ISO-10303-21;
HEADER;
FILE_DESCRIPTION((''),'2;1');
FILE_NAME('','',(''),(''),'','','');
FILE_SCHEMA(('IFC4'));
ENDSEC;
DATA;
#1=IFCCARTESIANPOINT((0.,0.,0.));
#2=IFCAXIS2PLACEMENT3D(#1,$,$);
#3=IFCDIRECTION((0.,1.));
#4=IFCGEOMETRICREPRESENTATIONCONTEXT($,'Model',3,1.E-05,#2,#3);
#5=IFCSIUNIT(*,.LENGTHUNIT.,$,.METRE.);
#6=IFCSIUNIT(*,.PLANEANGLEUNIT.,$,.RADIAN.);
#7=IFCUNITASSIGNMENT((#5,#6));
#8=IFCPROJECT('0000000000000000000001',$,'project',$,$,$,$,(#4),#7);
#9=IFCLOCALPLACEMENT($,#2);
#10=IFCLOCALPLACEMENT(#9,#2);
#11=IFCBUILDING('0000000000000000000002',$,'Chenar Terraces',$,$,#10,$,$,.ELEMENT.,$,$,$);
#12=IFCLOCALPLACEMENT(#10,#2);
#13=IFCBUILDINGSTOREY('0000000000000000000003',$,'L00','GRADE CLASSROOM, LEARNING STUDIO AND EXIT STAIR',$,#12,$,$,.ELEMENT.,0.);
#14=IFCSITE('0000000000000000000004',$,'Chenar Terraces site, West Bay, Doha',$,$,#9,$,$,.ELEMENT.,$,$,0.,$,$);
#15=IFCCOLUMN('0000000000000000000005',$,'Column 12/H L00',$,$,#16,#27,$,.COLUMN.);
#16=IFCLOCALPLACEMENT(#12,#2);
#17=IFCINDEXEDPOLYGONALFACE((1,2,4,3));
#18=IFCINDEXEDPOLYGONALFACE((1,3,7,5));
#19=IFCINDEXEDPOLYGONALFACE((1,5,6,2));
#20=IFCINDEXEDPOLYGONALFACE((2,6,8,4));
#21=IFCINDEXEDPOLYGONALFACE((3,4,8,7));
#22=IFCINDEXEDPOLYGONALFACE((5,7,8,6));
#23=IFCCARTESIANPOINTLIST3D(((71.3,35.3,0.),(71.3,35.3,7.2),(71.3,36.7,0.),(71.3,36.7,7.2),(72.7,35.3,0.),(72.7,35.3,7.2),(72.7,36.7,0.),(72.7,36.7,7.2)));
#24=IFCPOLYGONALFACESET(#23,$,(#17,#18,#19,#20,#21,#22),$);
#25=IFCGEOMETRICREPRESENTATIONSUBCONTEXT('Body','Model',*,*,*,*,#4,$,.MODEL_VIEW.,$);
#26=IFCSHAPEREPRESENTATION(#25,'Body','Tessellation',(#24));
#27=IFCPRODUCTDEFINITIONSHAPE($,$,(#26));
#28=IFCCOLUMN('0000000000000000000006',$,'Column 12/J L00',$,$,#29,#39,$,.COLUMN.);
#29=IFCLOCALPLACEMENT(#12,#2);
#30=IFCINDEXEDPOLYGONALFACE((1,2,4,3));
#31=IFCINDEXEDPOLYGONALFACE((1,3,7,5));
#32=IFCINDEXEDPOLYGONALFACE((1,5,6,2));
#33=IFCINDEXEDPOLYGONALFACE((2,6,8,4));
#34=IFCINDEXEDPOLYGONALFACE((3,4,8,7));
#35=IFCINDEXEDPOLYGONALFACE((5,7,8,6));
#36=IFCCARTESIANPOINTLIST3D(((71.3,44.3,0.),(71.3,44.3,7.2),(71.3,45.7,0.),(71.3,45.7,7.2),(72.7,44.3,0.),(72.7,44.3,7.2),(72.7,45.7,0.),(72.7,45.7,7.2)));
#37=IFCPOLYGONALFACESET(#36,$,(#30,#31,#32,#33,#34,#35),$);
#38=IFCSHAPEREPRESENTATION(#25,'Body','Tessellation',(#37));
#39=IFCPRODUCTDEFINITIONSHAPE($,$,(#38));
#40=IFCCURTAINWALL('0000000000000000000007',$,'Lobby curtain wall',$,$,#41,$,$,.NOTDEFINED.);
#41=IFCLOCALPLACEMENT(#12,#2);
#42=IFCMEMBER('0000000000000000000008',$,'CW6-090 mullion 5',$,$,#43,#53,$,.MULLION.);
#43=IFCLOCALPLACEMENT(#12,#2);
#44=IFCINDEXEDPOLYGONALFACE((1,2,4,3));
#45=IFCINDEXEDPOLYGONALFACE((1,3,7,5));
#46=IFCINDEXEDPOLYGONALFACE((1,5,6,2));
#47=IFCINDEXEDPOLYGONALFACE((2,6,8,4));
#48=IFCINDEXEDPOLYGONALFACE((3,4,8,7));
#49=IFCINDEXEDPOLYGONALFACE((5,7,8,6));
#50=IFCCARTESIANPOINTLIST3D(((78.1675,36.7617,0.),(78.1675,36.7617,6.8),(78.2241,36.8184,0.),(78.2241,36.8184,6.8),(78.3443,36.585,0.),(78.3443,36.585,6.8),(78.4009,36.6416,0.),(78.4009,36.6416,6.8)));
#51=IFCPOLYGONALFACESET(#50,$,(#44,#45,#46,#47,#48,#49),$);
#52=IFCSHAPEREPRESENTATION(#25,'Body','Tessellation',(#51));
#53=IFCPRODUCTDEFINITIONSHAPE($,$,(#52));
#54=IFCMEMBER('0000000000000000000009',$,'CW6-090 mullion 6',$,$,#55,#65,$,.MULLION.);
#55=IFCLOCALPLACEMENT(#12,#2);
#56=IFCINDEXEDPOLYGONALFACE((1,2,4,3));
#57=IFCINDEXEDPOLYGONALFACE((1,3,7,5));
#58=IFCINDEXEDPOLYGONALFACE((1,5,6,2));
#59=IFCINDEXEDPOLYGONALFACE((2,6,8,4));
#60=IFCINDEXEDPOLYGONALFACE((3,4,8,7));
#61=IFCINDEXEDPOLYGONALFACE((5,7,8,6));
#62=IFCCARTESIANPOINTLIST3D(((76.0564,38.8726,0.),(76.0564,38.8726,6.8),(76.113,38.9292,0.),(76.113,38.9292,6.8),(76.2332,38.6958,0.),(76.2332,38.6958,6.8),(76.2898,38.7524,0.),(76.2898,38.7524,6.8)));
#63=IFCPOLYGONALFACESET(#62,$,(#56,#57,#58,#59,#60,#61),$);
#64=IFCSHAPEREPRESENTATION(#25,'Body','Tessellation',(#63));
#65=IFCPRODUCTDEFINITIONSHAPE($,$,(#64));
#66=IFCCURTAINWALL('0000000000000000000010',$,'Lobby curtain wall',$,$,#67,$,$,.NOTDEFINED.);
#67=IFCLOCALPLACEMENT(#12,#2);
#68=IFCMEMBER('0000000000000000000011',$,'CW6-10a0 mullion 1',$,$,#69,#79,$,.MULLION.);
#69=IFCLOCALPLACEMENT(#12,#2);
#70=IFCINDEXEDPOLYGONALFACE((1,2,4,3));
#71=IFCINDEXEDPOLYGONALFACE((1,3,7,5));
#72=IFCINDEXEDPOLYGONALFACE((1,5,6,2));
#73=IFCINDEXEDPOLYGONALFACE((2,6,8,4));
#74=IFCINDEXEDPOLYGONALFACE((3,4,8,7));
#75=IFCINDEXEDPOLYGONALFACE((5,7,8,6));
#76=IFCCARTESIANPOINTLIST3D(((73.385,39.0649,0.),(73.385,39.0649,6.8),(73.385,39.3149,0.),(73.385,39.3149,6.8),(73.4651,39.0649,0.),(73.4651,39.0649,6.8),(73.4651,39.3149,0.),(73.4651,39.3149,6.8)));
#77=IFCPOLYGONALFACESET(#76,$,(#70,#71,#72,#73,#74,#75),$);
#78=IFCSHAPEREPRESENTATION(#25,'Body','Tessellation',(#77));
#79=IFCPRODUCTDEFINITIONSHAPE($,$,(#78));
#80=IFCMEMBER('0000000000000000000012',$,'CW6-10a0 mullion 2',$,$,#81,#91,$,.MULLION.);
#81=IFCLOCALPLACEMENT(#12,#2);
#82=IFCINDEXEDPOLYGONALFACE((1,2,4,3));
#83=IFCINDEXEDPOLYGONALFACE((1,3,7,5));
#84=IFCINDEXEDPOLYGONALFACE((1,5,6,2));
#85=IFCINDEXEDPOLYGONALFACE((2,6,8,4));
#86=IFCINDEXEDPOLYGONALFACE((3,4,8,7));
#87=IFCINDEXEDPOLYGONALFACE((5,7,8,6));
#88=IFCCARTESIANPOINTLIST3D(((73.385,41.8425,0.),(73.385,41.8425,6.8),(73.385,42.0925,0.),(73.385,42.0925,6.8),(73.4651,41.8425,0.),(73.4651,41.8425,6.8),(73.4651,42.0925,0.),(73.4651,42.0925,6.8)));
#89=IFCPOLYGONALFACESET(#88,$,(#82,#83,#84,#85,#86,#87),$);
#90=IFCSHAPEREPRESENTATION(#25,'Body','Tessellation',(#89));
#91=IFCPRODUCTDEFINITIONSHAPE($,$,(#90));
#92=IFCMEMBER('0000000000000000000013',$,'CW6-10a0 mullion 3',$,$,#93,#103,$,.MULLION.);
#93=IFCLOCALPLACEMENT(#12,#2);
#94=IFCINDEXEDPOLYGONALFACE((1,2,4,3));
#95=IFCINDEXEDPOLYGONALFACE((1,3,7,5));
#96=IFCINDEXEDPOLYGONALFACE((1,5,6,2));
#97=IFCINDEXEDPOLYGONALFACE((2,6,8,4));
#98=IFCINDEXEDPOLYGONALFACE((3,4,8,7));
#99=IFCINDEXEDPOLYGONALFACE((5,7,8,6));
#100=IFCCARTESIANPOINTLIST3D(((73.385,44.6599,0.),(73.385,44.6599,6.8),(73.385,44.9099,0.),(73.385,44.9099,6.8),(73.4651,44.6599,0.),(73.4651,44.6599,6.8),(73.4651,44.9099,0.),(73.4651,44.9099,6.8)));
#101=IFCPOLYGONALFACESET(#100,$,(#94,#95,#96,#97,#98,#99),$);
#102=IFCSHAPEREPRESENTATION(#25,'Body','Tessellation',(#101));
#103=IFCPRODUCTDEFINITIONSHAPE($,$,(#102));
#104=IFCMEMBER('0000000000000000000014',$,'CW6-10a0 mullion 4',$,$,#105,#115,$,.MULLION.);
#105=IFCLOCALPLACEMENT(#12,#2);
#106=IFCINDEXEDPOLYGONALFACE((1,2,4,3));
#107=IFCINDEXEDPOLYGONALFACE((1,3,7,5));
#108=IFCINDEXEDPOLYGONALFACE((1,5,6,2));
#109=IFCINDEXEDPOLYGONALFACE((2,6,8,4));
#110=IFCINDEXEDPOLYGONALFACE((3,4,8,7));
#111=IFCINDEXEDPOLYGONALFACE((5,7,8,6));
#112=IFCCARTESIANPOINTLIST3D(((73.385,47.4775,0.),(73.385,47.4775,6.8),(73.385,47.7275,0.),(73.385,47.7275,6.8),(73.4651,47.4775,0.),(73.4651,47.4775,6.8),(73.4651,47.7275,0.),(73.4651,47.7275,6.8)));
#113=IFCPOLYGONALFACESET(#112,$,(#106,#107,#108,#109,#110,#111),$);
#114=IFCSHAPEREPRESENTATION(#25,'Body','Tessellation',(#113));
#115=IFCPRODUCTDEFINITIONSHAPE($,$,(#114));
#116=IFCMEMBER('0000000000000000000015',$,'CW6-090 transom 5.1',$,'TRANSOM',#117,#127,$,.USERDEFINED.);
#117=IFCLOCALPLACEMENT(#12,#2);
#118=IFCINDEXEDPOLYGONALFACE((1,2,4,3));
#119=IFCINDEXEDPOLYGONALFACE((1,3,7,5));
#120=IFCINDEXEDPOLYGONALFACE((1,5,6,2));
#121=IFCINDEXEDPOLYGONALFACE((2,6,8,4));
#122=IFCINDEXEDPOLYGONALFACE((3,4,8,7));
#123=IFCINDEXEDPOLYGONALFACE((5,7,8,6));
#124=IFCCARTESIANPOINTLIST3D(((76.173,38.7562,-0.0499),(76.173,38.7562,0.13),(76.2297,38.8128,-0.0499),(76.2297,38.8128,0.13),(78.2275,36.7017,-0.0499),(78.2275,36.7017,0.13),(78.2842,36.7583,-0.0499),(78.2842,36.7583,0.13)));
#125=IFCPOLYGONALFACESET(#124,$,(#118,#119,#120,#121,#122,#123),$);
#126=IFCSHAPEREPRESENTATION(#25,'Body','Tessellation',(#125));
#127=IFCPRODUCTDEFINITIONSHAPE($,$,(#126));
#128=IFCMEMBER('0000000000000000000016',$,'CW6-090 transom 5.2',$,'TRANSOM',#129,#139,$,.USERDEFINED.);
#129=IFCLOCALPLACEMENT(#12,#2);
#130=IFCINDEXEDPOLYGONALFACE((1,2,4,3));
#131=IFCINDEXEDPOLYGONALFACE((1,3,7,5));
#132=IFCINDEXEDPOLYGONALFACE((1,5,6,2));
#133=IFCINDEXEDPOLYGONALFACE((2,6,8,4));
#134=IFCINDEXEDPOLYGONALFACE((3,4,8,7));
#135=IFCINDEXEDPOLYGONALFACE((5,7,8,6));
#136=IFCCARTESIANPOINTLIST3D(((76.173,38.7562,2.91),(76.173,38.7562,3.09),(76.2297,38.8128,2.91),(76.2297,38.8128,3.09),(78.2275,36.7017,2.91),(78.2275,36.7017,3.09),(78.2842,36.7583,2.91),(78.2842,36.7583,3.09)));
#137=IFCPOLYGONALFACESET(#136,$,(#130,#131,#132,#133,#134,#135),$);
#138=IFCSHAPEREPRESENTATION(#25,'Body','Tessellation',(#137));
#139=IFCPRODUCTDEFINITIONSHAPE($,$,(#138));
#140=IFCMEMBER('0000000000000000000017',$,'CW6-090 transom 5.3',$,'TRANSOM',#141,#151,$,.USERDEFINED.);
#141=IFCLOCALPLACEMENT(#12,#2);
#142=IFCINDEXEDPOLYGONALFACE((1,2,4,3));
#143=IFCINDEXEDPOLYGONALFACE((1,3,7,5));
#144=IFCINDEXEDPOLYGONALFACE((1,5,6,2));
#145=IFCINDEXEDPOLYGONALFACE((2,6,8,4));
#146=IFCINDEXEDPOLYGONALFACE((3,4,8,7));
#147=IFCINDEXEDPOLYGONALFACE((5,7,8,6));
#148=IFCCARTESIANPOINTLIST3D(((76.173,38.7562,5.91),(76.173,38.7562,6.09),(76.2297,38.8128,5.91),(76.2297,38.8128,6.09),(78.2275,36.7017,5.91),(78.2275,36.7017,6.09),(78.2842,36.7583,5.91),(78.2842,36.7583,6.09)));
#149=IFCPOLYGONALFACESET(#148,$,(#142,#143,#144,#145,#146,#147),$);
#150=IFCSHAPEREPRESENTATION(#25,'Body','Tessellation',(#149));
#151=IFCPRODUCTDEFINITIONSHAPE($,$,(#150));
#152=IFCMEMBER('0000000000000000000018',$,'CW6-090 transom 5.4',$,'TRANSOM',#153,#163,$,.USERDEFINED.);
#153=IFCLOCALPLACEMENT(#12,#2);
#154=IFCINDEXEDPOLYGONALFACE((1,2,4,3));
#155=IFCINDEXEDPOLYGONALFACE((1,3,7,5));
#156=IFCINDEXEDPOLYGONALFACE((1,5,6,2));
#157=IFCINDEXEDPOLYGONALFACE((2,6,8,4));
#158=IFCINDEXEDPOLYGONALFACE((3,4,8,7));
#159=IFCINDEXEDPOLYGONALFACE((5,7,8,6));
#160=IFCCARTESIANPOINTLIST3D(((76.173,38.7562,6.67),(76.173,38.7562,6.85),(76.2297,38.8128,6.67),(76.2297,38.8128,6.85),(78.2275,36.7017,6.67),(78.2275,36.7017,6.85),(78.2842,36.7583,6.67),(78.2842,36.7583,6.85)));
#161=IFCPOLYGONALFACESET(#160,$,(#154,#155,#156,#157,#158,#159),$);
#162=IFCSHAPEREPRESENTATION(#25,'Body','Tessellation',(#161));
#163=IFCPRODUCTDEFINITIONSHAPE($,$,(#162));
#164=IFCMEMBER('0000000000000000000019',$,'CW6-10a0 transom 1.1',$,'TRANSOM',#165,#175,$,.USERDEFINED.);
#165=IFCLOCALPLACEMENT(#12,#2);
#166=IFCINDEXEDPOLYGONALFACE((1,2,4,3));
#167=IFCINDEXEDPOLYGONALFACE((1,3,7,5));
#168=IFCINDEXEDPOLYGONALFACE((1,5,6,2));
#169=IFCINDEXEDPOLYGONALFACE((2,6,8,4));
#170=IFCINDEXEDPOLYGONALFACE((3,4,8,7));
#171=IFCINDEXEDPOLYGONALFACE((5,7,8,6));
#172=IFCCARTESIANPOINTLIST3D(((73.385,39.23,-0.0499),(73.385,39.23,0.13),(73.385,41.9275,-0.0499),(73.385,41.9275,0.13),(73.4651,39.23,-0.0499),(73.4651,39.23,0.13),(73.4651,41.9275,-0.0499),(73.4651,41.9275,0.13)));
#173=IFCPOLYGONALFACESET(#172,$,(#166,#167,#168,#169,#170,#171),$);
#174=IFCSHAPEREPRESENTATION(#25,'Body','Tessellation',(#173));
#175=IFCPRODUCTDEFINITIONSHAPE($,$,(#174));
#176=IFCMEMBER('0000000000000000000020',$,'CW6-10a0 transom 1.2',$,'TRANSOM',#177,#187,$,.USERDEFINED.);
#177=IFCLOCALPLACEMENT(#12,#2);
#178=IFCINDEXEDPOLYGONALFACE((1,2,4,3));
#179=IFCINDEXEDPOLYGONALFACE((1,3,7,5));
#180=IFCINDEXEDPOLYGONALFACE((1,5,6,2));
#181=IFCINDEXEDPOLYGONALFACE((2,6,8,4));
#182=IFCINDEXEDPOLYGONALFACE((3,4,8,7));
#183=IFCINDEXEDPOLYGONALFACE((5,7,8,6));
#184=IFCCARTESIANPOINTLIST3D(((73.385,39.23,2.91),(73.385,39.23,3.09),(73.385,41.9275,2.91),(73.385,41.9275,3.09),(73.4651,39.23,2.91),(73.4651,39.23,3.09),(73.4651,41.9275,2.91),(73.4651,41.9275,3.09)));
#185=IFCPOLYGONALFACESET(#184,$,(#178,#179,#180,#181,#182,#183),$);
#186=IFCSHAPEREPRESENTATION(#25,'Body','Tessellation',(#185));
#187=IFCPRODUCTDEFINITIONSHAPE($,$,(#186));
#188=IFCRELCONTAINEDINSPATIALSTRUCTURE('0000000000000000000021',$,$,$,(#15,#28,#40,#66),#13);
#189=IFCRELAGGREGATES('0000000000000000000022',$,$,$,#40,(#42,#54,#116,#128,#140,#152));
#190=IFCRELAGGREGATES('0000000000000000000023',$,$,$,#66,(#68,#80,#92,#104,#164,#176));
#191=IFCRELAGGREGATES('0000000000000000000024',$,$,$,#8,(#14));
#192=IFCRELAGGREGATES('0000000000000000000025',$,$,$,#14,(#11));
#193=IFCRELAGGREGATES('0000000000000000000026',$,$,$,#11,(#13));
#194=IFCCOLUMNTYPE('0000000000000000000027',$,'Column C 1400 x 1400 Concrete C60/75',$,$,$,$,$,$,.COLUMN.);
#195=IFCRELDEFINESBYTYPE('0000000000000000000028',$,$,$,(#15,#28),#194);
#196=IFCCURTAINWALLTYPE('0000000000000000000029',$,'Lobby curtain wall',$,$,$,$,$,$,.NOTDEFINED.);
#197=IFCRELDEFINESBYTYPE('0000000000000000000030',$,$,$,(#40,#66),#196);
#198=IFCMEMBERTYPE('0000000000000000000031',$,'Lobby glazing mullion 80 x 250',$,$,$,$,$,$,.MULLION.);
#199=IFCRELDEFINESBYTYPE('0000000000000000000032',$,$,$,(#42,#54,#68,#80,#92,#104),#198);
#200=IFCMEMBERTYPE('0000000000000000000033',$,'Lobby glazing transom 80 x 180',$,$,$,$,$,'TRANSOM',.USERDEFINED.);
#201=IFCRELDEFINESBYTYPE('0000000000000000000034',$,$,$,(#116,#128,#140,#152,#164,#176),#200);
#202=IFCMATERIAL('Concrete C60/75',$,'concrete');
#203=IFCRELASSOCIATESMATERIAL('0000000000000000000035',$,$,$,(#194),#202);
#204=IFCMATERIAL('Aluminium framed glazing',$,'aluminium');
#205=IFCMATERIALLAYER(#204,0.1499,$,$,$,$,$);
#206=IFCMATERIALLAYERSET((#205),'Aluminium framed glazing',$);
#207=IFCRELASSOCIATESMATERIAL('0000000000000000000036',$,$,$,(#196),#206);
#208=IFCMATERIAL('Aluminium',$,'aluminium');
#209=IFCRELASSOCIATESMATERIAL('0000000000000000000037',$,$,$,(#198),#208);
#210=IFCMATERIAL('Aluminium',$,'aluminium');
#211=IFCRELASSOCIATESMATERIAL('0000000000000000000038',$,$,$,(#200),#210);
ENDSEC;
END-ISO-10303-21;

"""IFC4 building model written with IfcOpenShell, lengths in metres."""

from ifc_helpers import new_model, si_unit, direction, frame, origin, origin_2d, place, context, subcontext, project, spatial, rectangle, extrude, material, layer, layer_set, material_profile, profile_set, type_object, element, aggregate, save


model = new_model("IFC4")

# Units and contexts
model_context = context("Model", 3, precision=1e-05, world=origin(), true_north=direction((0.0, 1.0)))
body_context = subcontext(model_context, "Body", "Model", "MODEL_VIEW")
ifc_project = project(units=[si_unit("LENGTHUNIT", "METRE"), si_unit("PLANEANGLEUNIT", "RADIAN")], contexts=[model_context])

# Site, building, storey
site_placement = place(None, origin())
site = spatial("IfcSite", under=ifc_project, at=site_placement, Name="Chenar Terraces site, West Bay, Doha", CompositionType="ELEMENT", RefElevation=0.0)
building_placement = place(site_placement, origin())
building = spatial("IfcBuilding", under=site, at=building_placement, Name="Chenar Terraces", CompositionType="ELEMENT")
storey_placement = place(building_placement, origin())
storey = spatial("IfcBuildingStorey", under=building, at=storey_placement, Name="L00", Description="GRADE CLASSROOM, LEARNING STUDIO AND EXIT STAIR", CompositionType="ELEMENT", Elevation=0.0)

# Columns
ifc_material_1 = material(Name="Concrete C60/75", Category="concrete")
ifc_material_profile_1 = material_profile(ifc_material_1, rectangle(XDim=1.3999, YDim=1.3999, at=origin_2d()), Name="C 1400 x 1400")
ifc_profile_set_1 = profile_set([ifc_material_profile_1], Name="Concrete C60/75")
column_type = type_object("IfcColumnType", Name="Column C 1400 x 1400 Concrete C60/75", PredefinedType="COLUMN", material=ifc_profile_set_1)
for number, where, z_axis, x_axis, name in (
    (1, (72.0, 36.0, 0.0), (0.0, 0.0, 1.0), (1.0, 0.0, 0.0), "Column 12/H L00"),
    (2, (72.0, 45.0, 0.0), (0.0, 0.0, 1.0), (1.0, 0.0, 0.0), "Column 12/J L00"),
):
    element("IfcColumn", number, at=place(storey_placement, frame(where, z_axis=z_axis, x_axis=x_axis)), inside=storey, type_object=column_type, Name=name, PredefinedType="COLUMN", context=body_context, shape_type="SweptSolid", body=[
        extrude(rectangle(XDim=1.3999, YDim=1.3999, at=origin_2d()), origin(), (0.0, 0.0, 1.0), 7.2),
    ])

# Curtain walls, members
ifc_material_2 = material(Name="Aluminium framed glazing", Category="aluminium")
ifc_layer_1 = layer(ifc_material_2, 0.1499)
ifc_layer_set_1 = layer_set([ifc_layer_1], Name="Aluminium framed glazing")
curtain_wall_type = type_object("IfcCurtainWallType", Name="Lobby curtain wall", PredefinedType="NOTDEFINED", material=ifc_layer_set_1)
placement = place(storey_placement, origin())
curtain_wall_1 = element("IfcCurtainWall", 3, at=placement, inside=storey, type_object=curtain_wall_type, Name="Lobby curtain wall", PredefinedType="NOTDEFINED")
ifc_material_3 = material(Name="Aluminium", Category="aluminium")
ifc_material_profile_2 = material_profile(ifc_material_3, rectangle(XDim=0.0801, YDim=0.25, at=origin_2d()), Name="Lobby glazing mullion 80 x 250")
ifc_profile_set_2 = profile_set([ifc_material_profile_2], Name="Aluminium")
member_type_1 = type_object("IfcMemberType", Name="Lobby glazing mullion 80 x 250", PredefinedType="MULLION", material=ifc_profile_set_2)
member_1_placement = place(storey_placement, frame((78.2842, 36.7017, 0.0), z_axis=(0.0, 0.0, 1.0), x_axis=(-0.707107, -0.707107, 0.0)))
member_1 = element("IfcMember", 4, at=member_1_placement, type_object=member_type_1, Name="CW6-090 mullion 5", PredefinedType="MULLION", context=body_context, shape_type="SweptSolid", body=[
    extrude(rectangle(XDim=0.0801, YDim=0.25, at=origin_2d()), origin(), (0.0, 0.0, 1.0), 6.8),
])
member_2_placement = place(storey_placement, frame((76.1731, 38.8125, 0.0), z_axis=(0.0, 0.0, 1.0), x_axis=(-0.707107, -0.707107, 0.0)))
member_2 = element("IfcMember", 5, at=member_2_placement, type_object=member_type_1, Name="CW6-090 mullion 6", PredefinedType="MULLION", context=body_context, shape_type="SweptSolid", body=[
    extrude(rectangle(XDim=0.0801, YDim=0.25, at=origin_2d()), origin(), (0.0, 0.0, 1.0), 6.8),
])
curtain_wall_2 = element("IfcCurtainWall", 6, at=placement, inside=storey, type_object=curtain_wall_type, Name="Lobby curtain wall", PredefinedType="NOTDEFINED")
member_3_placement = place(storey_placement, frame((73.425, 39.1899, 0.0), z_axis=(0.0, 0.0, 1.0), x_axis=(-1.0, 0.0, 0.0)))
member_3 = element("IfcMember", 7, at=member_3_placement, type_object=member_type_1, Name="CW6-10a0 mullion 1", PredefinedType="MULLION", context=body_context, shape_type="SweptSolid", body=[
    extrude(rectangle(XDim=0.0801, YDim=0.25, at=origin_2d()), origin(), (0.0, 0.0, 1.0), 6.8),
])
member_4_placement = place(storey_placement, frame((73.425, 41.9675, 0.0), z_axis=(0.0, 0.0, 1.0), x_axis=(-1.0, 0.0, 0.0)))
member_4 = element("IfcMember", 8, at=member_4_placement, type_object=member_type_1, Name="CW6-10a0 mullion 2", PredefinedType="MULLION", context=body_context, shape_type="SweptSolid", body=[
    extrude(rectangle(XDim=0.0801, YDim=0.25, at=origin_2d()), origin(), (0.0, 0.0, 1.0), 6.8),
])
member_5_placement = place(storey_placement, frame((73.425, 44.7849, 0.0), z_axis=(0.0, 0.0, 1.0), x_axis=(-1.0, 0.0, 0.0)))
member_5 = element("IfcMember", 9, at=member_5_placement, type_object=member_type_1, Name="CW6-10a0 mullion 3", PredefinedType="MULLION", context=body_context, shape_type="SweptSolid", body=[
    extrude(rectangle(XDim=0.0801, YDim=0.25, at=origin_2d()), origin(), (0.0, 0.0, 1.0), 6.8),
])
member_6_placement = place(storey_placement, frame((73.425, 47.6025, 0.0), z_axis=(0.0, 0.0, 1.0), x_axis=(-1.0, 0.0, 0.0)))
member_6 = element("IfcMember", 10, at=member_6_placement, type_object=member_type_1, Name="CW6-10a0 mullion 4", PredefinedType="MULLION", context=body_context, shape_type="SweptSolid", body=[
    extrude(rectangle(XDim=0.0801, YDim=0.25, at=origin_2d()), origin(), (0.0, 0.0, 1.0), 6.8),
])

# Members
ifc_material_4 = material(Name="Aluminium", Category="aluminium")
ifc_material_profile_3 = material_profile(ifc_material_4, rectangle(XDim=0.0801, YDim=0.1799, at=origin_2d()), Name="Lobby glazing transom 80 x 180")
ifc_profile_set_3 = profile_set([ifc_material_profile_3], Name="Aluminium")
member_type_2 = type_object("IfcMemberType", Name="Lobby glazing transom 80 x 180", ElementType="TRANSOM", PredefinedType="USERDEFINED", material=ifc_profile_set_3)
member_7_placement = place(storey_placement, frame((78.2559, 36.73, 0.04), z_axis=(-0.707107, 0.707107, 0.0), x_axis=(-0.707107, -0.707107, 0.0)))
member_7 = element("IfcMember", 11, at=member_7_placement, type_object=member_type_2, Name="CW6-090 transom 5.1", ObjectType="TRANSOM", PredefinedType="USERDEFINED", context=body_context, shape_type="SweptSolid", body=[
    extrude(rectangle(XDim=0.0801, YDim=0.1799, at=origin_2d()), origin(), (0.0, 0.0, 1.0), 2.9055),
])
member_8_placement = place(storey_placement, frame((78.2559, 36.73, 3.0), z_axis=(-0.707107, 0.707107, 0.0), x_axis=(-0.707107, -0.707107, 0.0)))
member_8 = element("IfcMember", 12, at=member_8_placement, type_object=member_type_2, Name="CW6-090 transom 5.2", ObjectType="TRANSOM", PredefinedType="USERDEFINED", context=body_context, shape_type="SweptSolid", body=[
    extrude(rectangle(XDim=0.0801, YDim=0.1799, at=origin_2d()), origin(), (0.0, 0.0, 1.0), 2.9055),
])
member_9_placement = place(storey_placement, frame((78.2559, 36.73, 6.0), z_axis=(-0.707107, 0.707107, 0.0), x_axis=(-0.707107, -0.707107, 0.0)))
member_9 = element("IfcMember", 13, at=member_9_placement, type_object=member_type_2, Name="CW6-090 transom 5.3", ObjectType="TRANSOM", PredefinedType="USERDEFINED", context=body_context, shape_type="SweptSolid", body=[
    extrude(rectangle(XDim=0.0801, YDim=0.1799, at=origin_2d()), origin(), (0.0, 0.0, 1.0), 2.9055),
])
member_10_placement = place(storey_placement, frame((78.2559, 36.73, 6.76), z_axis=(-0.707107, 0.707107, 0.0), x_axis=(-0.707107, -0.707107, 0.0)))
member_10 = element("IfcMember", 14, at=member_10_placement, type_object=member_type_2, Name="CW6-090 transom 5.4", ObjectType="TRANSOM", PredefinedType="USERDEFINED", context=body_context, shape_type="SweptSolid", body=[
    extrude(rectangle(XDim=0.0801, YDim=0.1799, at=origin_2d()), origin(), (0.0, 0.0, 1.0), 2.9055),
])
member_11_placement = place(storey_placement, frame((73.425, 39.23, 0.04), z_axis=(0.0, 1.0, 0.0), x_axis=(-1.0, 0.0, 0.0)))
member_11 = element("IfcMember", 15, at=member_11_placement, type_object=member_type_2, Name="CW6-10a0 transom 1.1", ObjectType="TRANSOM", PredefinedType="USERDEFINED", context=body_context, shape_type="SweptSolid", body=[
    extrude(rectangle(XDim=0.0801, YDim=0.1799, at=origin_2d()), origin(), (0.0, 0.0, 1.0), 2.6975),
])
member_12_placement = place(storey_placement, frame((73.425, 39.23, 3.0), z_axis=(0.0, 1.0, 0.0), x_axis=(-1.0, 0.0, 0.0)))
member_12 = element("IfcMember", 16, at=member_12_placement, type_object=member_type_2, Name="CW6-10a0 transom 1.2", ObjectType="TRANSOM", PredefinedType="USERDEFINED", context=body_context, shape_type="SweptSolid", body=[
    extrude(rectangle(XDim=0.0801, YDim=0.1799, at=origin_2d()), origin(), (0.0, 0.0, 1.0), 2.6975),
])

aggregate(curtain_wall_1, [member_1, member_2, member_7, member_8, member_9, member_10])
aggregate(curtain_wall_2, [member_3, member_4, member_5, member_6, member_11, member_12])

save(model, "model.ifc")
